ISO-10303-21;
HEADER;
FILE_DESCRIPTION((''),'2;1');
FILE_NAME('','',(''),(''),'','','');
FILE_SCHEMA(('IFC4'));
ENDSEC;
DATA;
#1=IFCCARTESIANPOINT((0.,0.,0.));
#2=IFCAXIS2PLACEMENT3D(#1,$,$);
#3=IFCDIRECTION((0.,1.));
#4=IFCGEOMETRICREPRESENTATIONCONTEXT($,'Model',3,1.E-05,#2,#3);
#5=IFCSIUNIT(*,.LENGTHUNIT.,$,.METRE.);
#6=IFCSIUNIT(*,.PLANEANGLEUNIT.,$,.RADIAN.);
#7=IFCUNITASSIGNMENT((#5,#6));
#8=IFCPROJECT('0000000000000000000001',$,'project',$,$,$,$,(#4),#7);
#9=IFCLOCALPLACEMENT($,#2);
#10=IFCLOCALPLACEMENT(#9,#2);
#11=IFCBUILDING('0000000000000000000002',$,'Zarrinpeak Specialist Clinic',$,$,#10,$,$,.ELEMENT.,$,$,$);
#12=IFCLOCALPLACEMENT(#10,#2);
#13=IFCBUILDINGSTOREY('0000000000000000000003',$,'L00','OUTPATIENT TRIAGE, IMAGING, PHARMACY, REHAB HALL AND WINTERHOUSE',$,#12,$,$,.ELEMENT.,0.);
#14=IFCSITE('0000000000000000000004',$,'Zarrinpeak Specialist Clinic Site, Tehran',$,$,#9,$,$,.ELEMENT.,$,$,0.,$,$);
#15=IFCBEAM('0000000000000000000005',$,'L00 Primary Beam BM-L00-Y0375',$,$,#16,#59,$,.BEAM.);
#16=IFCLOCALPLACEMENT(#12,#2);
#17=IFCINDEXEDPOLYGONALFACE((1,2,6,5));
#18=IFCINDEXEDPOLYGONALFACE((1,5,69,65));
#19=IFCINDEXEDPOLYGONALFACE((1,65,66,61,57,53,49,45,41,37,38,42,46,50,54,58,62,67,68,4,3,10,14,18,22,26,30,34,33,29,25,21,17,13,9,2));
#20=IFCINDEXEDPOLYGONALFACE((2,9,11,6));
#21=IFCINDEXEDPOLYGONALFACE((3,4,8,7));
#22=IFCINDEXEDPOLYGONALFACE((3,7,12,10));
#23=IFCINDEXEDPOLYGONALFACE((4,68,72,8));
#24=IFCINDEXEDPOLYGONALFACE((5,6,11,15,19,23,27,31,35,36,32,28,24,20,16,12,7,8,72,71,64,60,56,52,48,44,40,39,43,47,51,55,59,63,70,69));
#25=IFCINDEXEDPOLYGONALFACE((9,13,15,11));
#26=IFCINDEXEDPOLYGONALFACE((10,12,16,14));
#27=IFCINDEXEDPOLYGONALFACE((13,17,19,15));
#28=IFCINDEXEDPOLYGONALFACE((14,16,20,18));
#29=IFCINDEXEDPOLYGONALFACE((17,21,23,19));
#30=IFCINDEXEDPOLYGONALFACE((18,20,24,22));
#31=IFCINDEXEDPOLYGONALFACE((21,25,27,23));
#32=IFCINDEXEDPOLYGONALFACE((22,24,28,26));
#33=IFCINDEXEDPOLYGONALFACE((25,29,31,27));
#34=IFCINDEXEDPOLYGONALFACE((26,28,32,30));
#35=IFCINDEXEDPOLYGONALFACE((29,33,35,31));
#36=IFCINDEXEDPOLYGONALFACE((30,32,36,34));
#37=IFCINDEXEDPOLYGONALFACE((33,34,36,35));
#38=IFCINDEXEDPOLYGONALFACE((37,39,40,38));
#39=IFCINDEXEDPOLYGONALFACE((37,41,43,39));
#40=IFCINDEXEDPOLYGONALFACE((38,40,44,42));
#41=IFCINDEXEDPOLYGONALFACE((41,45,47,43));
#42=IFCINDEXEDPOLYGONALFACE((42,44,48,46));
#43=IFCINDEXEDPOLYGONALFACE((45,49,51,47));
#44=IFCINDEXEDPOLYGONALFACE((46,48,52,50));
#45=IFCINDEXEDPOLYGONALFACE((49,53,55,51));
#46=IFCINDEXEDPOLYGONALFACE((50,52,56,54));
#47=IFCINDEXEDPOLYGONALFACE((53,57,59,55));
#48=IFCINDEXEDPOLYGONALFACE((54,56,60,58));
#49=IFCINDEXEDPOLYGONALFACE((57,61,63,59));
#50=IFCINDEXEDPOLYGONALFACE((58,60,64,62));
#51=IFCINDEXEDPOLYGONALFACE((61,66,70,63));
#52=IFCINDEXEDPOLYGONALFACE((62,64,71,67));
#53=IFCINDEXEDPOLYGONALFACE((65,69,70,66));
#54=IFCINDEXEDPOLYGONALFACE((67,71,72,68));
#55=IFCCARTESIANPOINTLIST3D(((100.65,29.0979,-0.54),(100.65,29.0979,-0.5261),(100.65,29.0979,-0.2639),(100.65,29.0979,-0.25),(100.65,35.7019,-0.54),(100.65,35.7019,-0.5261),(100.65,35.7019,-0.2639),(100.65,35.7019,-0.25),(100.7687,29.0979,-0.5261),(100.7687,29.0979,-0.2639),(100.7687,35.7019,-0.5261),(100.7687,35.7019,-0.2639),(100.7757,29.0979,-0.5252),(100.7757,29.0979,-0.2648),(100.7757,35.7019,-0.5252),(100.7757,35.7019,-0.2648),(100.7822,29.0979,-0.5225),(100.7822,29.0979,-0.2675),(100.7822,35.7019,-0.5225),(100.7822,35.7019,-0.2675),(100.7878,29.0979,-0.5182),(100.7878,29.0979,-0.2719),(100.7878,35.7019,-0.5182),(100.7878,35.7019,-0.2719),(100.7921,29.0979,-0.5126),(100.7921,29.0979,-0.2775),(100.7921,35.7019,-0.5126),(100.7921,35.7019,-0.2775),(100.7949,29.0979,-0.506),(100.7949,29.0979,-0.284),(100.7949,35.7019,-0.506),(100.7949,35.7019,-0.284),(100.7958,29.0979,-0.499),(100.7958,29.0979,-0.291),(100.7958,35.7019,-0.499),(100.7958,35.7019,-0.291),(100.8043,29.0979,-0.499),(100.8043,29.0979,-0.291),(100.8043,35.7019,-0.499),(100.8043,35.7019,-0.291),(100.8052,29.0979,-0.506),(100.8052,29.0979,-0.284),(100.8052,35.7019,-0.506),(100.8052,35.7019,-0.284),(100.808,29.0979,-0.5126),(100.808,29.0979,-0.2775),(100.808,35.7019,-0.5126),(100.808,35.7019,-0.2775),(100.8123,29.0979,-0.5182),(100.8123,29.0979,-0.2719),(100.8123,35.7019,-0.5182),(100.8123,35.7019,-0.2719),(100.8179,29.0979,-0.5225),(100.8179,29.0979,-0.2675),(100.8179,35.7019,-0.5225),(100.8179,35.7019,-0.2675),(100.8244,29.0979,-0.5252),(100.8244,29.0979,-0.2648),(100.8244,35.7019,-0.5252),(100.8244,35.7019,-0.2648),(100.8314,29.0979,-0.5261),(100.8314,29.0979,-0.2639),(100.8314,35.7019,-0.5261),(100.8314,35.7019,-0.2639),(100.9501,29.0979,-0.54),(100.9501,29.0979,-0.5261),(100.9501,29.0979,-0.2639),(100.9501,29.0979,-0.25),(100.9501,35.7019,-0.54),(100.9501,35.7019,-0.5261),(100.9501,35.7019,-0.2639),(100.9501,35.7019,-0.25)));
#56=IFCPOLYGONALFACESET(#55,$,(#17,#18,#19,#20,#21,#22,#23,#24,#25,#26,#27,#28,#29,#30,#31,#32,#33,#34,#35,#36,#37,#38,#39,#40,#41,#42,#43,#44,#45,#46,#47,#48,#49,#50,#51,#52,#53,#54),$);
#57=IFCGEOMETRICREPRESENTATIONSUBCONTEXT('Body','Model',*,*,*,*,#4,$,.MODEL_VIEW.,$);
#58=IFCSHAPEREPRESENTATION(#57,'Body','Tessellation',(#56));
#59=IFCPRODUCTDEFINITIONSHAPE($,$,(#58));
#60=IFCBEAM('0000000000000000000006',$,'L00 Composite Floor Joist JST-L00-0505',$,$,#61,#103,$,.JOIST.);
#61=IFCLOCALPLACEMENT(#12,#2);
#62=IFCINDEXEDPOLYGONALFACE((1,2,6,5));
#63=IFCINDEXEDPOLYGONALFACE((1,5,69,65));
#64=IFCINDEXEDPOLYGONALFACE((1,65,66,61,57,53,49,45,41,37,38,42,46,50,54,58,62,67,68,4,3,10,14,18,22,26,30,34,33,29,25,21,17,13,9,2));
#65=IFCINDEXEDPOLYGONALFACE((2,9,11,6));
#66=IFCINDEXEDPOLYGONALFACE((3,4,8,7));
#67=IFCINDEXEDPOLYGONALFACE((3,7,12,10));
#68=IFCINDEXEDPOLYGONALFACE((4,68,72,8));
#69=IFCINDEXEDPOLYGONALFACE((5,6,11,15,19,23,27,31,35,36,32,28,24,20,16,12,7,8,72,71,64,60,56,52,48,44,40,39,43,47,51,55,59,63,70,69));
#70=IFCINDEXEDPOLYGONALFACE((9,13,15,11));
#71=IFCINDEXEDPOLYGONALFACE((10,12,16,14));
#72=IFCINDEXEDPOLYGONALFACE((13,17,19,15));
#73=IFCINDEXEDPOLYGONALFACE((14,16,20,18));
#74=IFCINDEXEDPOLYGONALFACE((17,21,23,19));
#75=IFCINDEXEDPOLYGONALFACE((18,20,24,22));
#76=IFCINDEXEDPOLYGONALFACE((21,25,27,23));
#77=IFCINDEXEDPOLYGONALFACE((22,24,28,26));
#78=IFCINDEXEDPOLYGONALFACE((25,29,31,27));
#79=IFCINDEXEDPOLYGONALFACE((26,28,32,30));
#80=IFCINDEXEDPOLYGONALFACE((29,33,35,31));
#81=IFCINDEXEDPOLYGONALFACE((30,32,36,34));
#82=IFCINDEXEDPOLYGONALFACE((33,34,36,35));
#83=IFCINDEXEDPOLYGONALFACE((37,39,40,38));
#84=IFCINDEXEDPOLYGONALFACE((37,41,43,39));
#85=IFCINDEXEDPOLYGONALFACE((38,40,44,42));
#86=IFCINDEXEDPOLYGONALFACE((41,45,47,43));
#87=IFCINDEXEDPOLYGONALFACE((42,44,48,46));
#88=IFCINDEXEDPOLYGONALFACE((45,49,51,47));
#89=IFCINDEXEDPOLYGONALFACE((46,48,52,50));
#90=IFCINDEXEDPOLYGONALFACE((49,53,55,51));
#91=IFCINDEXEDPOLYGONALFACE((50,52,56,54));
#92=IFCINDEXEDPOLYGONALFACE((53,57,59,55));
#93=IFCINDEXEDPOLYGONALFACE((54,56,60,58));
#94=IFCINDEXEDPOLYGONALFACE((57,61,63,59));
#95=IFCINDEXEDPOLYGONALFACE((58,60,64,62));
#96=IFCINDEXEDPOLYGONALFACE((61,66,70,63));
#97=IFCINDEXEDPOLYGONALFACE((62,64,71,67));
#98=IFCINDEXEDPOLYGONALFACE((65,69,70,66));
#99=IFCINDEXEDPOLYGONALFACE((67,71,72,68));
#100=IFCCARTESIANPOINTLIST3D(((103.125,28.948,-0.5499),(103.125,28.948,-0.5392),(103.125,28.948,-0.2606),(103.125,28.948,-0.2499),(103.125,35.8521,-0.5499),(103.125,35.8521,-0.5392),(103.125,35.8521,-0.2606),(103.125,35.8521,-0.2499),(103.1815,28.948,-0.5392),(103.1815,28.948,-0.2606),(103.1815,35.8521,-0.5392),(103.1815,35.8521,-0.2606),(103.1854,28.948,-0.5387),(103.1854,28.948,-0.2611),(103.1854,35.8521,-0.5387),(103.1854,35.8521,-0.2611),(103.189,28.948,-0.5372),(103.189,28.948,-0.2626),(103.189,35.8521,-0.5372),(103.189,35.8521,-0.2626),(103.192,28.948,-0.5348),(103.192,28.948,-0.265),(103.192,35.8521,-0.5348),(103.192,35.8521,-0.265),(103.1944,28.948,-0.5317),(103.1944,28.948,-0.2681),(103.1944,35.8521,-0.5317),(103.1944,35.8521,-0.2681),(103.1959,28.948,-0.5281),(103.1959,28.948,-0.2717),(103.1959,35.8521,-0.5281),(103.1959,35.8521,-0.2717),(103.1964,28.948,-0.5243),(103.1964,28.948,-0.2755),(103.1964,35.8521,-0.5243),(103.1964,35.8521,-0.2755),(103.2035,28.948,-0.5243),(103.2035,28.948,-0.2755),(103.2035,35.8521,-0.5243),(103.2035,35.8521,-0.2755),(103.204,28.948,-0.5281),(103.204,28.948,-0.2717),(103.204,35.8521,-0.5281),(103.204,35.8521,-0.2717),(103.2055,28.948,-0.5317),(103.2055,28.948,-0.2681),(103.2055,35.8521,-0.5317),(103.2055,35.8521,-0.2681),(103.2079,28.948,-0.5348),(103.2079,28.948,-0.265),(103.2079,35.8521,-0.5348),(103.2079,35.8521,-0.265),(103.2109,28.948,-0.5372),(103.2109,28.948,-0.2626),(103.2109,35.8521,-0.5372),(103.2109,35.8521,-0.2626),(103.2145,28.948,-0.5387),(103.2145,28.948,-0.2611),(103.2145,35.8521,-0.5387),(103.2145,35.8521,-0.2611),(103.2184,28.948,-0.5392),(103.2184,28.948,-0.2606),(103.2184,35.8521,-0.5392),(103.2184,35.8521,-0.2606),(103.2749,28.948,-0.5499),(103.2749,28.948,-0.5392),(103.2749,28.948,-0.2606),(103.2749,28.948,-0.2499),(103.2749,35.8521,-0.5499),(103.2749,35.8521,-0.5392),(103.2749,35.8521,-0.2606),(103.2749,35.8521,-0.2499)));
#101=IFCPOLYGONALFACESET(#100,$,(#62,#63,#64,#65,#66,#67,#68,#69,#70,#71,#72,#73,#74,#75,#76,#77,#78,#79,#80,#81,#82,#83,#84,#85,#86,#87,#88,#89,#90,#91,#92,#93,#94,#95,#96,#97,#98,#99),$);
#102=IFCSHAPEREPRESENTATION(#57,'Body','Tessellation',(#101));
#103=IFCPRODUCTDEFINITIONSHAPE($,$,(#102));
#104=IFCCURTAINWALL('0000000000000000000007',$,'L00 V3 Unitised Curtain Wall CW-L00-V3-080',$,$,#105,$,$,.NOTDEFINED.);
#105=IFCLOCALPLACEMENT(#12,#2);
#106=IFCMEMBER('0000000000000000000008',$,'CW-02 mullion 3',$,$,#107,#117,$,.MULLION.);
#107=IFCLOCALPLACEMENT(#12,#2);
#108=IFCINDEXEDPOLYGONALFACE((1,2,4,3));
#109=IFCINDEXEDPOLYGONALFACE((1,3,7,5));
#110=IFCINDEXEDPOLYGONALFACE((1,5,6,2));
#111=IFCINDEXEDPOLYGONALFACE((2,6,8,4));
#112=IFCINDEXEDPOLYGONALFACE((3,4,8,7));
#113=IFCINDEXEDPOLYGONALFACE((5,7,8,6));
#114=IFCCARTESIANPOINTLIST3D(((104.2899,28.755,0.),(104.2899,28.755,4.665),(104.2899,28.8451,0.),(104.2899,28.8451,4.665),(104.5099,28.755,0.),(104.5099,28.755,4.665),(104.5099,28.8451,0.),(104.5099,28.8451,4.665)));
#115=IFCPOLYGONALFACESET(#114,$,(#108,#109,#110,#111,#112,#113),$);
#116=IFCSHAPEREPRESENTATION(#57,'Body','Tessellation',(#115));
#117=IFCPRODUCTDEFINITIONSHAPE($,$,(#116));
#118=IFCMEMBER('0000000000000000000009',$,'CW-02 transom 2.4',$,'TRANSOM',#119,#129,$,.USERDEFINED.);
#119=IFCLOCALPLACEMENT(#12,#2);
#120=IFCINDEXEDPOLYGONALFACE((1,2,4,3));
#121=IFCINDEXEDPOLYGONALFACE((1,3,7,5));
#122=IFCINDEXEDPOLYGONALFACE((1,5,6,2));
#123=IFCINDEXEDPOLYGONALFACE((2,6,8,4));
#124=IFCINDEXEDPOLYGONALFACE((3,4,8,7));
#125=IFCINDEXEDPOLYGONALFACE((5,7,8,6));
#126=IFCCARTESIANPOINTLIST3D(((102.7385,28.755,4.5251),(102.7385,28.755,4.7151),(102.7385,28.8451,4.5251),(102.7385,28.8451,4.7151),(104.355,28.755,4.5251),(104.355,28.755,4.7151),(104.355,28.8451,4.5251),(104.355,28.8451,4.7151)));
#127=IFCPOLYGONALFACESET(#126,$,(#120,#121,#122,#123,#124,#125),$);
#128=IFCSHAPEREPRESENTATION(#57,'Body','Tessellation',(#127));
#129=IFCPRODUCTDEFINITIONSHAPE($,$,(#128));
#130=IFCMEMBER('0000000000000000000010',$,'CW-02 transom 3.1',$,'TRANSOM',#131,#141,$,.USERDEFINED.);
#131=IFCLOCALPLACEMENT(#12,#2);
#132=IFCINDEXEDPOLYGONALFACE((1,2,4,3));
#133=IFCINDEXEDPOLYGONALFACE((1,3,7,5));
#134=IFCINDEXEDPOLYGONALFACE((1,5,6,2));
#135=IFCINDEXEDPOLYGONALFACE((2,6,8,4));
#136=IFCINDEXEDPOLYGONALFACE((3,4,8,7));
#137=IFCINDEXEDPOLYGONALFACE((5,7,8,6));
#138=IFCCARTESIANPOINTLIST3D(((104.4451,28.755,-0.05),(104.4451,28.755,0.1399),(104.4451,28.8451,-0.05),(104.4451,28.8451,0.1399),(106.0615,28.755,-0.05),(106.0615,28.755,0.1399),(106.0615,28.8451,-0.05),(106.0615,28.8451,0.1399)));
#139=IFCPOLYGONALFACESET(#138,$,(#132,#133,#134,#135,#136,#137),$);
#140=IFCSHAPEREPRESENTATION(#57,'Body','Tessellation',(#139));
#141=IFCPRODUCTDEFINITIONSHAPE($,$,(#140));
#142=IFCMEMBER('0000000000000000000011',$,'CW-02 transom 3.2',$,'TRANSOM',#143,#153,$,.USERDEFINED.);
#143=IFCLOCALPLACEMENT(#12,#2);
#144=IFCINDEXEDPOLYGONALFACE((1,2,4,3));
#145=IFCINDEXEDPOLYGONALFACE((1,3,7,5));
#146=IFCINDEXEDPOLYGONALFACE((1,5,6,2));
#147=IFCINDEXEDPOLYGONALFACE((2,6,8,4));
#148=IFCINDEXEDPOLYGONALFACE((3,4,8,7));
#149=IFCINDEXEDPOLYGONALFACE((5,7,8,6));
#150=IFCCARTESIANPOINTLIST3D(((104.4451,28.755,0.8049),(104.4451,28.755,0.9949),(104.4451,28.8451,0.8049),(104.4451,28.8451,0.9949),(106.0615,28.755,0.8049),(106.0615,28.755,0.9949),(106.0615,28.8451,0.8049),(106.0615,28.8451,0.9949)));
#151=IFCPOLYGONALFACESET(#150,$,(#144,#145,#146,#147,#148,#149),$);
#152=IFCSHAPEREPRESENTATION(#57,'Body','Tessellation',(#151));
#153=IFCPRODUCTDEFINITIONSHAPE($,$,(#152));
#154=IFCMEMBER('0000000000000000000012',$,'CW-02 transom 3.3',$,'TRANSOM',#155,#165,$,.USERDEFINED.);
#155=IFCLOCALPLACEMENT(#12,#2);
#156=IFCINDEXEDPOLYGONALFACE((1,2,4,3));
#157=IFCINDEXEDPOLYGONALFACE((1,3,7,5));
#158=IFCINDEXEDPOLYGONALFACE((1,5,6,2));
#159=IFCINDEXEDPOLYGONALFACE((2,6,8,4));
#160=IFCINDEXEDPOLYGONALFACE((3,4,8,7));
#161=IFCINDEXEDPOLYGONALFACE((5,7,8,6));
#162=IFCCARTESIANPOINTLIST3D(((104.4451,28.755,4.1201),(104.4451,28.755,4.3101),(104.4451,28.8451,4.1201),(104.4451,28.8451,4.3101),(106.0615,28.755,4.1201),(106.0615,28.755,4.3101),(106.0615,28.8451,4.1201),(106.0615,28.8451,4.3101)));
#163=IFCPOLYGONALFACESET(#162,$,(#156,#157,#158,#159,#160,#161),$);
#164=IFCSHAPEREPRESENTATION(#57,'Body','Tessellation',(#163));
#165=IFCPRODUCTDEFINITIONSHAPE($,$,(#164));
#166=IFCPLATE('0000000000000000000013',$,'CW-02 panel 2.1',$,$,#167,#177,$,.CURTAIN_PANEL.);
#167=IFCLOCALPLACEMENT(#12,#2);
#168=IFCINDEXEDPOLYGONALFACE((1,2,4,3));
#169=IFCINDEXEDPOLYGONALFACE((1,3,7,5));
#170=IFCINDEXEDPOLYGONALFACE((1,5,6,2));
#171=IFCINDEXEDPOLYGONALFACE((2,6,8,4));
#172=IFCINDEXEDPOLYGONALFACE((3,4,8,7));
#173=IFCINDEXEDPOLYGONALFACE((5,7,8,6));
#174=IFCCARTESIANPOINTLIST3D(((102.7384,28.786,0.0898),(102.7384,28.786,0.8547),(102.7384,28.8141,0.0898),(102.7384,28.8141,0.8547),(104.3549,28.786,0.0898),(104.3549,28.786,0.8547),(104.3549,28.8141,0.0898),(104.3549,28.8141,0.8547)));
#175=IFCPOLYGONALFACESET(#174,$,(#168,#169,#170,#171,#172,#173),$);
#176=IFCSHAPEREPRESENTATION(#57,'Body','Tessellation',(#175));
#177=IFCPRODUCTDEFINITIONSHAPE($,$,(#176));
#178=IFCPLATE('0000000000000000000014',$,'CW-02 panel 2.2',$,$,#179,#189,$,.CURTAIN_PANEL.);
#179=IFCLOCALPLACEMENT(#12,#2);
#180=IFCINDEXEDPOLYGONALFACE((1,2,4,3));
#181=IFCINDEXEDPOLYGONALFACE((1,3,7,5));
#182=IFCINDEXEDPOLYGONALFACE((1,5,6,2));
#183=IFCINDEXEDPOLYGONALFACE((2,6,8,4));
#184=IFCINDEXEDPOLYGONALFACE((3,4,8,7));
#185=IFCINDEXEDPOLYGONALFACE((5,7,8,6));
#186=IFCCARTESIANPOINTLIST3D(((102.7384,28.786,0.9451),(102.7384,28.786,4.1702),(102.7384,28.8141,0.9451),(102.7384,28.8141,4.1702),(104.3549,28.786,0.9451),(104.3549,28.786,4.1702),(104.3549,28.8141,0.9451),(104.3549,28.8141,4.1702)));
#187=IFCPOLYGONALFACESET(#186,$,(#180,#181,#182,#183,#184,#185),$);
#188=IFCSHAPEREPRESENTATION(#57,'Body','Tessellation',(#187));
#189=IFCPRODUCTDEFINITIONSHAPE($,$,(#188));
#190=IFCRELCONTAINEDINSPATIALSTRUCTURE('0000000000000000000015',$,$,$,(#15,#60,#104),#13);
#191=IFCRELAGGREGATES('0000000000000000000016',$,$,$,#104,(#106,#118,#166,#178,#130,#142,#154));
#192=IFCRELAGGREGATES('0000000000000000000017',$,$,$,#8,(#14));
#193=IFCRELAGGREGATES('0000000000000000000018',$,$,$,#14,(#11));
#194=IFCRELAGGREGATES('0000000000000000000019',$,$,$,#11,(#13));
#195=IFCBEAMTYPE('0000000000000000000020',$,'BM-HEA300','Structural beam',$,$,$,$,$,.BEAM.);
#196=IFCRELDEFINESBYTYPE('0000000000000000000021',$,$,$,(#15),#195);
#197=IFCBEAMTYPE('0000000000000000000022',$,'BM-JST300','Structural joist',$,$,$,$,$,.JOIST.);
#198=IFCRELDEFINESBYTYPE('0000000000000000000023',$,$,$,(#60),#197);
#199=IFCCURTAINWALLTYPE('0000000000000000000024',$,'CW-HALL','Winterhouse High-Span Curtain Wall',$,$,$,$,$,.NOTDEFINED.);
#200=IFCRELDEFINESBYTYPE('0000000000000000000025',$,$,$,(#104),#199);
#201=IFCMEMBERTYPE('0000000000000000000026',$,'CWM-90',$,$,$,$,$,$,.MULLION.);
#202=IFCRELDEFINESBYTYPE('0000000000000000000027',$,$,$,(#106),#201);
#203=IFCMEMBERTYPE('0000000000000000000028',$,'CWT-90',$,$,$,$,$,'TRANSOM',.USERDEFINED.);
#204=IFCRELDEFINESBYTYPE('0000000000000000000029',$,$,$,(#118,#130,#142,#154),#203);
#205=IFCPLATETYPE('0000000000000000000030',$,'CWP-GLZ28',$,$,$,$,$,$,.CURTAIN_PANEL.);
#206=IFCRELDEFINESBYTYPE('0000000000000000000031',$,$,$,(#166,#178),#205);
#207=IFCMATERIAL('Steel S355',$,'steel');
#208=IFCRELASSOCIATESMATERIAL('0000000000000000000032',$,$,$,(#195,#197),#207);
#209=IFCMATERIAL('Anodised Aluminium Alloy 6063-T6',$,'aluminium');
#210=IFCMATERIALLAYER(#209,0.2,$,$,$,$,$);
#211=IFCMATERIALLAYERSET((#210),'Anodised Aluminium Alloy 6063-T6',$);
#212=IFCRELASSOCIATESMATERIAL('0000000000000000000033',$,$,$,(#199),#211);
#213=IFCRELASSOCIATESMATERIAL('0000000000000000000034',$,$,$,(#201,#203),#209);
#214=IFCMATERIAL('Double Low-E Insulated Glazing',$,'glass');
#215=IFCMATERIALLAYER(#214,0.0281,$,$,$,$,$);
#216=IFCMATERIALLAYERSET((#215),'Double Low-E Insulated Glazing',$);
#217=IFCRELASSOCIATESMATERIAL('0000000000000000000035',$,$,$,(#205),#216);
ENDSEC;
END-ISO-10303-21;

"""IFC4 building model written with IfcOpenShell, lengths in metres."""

from ifc_helpers import new_model, si_unit, direction, frame, origin, origin_2d, place, context, subcontext, project, spatial, rectangle, i_section, extrude, material, layer, layer_set, material_profile, profile_set, type_object, element, aggregate, save


model = new_model("IFC4")

# Units and contexts
model_context = context("Model", 3, precision=1e-05, world=origin(), true_north=direction((0.0, 1.0)))
body_context = subcontext(model_context, "Body", "Model", "MODEL_VIEW")
ifc_project = project(units=[si_unit("LENGTHUNIT", "METRE"), si_unit("PLANEANGLEUNIT", "RADIAN")], contexts=[model_context])

# Site, building, storey
site_placement = place(None, origin())
site = spatial("IfcSite", under=ifc_project, at=site_placement, Name="Zarrinpeak Specialist Clinic Site, Tehran", CompositionType="ELEMENT", RefElevation=0.0)
building_placement = place(site_placement, origin())
building = spatial("IfcBuilding", under=site, at=building_placement, Name="Zarrinpeak Specialist Clinic", CompositionType="ELEMENT")
storey_placement = place(building_placement, origin())
storey = spatial("IfcBuildingStorey", under=building, at=storey_placement, Name="L00", Description="OUTPATIENT TRIAGE, IMAGING, PHARMACY, REHAB HALL AND WINTERHOUSE", CompositionType="ELEMENT", Elevation=0.0)

# Beams
ifc_material_1 = material(Name="Steel S355", Category="steel")
ifc_material_profile_1 = material_profile(ifc_material_1, i_section(OverallWidth=0.3, OverallDepth=0.29, WebThickness=0.0085, FlangeThickness=0.0139, FilletRadius=0.0271, at=origin_2d()), Name="HEA 300")
ifc_profile_set_1 = profile_set([ifc_material_profile_1], Name="Steel S355")
beam_type_1 = type_object("IfcBeamType", Name="BM-HEA300", Description="Structural beam", PredefinedType="BEAM", material=ifc_profile_set_1)
beam_1_placement = place(storey_placement, frame((100.8, 29.0979, -0.395), z_axis=(0.0, 1.0, 0.0), x_axis=(-1.0, 0.0, 0.0)))
element("IfcBeam", 1, at=beam_1_placement, inside=storey, type_object=beam_type_1, Name="L00 Primary Beam BM-L00-Y0375", PredefinedType="BEAM", context=body_context, shape_type="SweptSolid", body=[
    extrude(i_section(OverallWidth=0.3, OverallDepth=0.29, WebThickness=0.0085, FlangeThickness=0.0139, FilletRadius=0.0271, at=origin_2d()), origin(), (0.0, 0.0, 1.0), 6.604),
])
ifc_material_profile_2 = material_profile(ifc_material_1, i_section(OverallWidth=0.1499, OverallDepth=0.3, WebThickness=0.0071, FlangeThickness=0.0107, FilletRadius=0.0149, at=origin_2d()), Name="IPE 300")
ifc_profile_set_2 = profile_set([ifc_material_profile_2], Name="Steel S355")
beam_type_2 = type_object("IfcBeamType", Name="BM-JST300", Description="Structural joist", PredefinedType="JOIST", material=ifc_profile_set_2)
beam_2_placement = place(storey_placement, frame((103.2, 28.948, -0.3999), z_axis=(0.0, 1.0, 0.0), x_axis=(-1.0, 0.0, 0.0)))
element("IfcBeam", 2, at=beam_2_placement, inside=storey, type_object=beam_type_2, Name="L00 Composite Floor Joist JST-L00-0505", PredefinedType="JOIST", context=body_context, shape_type="SweptSolid", body=[
    extrude(i_section(OverallWidth=0.1499, OverallDepth=0.3, WebThickness=0.0071, FlangeThickness=0.0107, FilletRadius=0.0149, at=origin_2d()), origin(), (0.0, 0.0, 1.0), 6.9041),
])

# Curtain wall, members, plates
ifc_material_2 = material(Name="Anodised Aluminium Alloy 6063-T6", Category="aluminium")
ifc_layer_1 = layer(ifc_material_2, 0.2)
ifc_layer_set_1 = layer_set([ifc_layer_1], Name="Anodised Aluminium Alloy 6063-T6")
curtain_wall_type = type_object("IfcCurtainWallType", Name="CW-HALL", Description="Winterhouse High-Span Curtain Wall", PredefinedType="NOTDEFINED", material=ifc_layer_set_1)
curtain_wall_placement = place(storey_placement, origin())
curtain_wall = element("IfcCurtainWall", 3, at=curtain_wall_placement, inside=storey, type_object=curtain_wall_type, Name="L00 V3 Unitised Curtain Wall CW-L00-V3-080", PredefinedType="NOTDEFINED")
ifc_material_profile_3 = material_profile(ifc_material_2, rectangle(XDim=0.0901, YDim=0.22, at=origin_2d()), Name="ALU 90x220")
ifc_profile_set_3 = profile_set([ifc_material_profile_3], Name="Anodised Aluminium Alloy 6063-T6")
member_type_1 = type_object("IfcMemberType", Name="CWM-90", PredefinedType="MULLION", material=ifc_profile_set_3)
member_1_placement = place(storey_placement, frame((104.3999, 28.8, 0.0), z_axis=(0.0, 0.0, 1.0), x_axis=(0.0, 1.0, 0.0)))
member_1 = element("IfcMember", 4, at=member_1_placement, type_object=member_type_1, Name="CW-02 mullion 3", PredefinedType="MULLION", context=body_context, shape_type="SweptSolid", body=[
    extrude(rectangle(XDim=0.0901, YDim=0.22, at=origin_2d()), origin(), (0.0, 0.0, 1.0), 4.665),
])
ifc_material_profile_4 = material_profile(ifc_material_2, rectangle(XDim=0.0901, YDim=0.1899, at=origin_2d()), Name="ALU 90x190")
ifc_profile_set_4 = profile_set([ifc_material_profile_4], Name="Anodised Aluminium Alloy 6063-T6")
member_type_2 = type_object("IfcMemberType", Name="CWT-90", ElementType="TRANSOM", PredefinedType="USERDEFINED", material=ifc_profile_set_4)
member_2_placement = place(storey_placement, frame((102.7385, 28.8, 4.6201), z_axis=(1.0, 0.0, 0.0), x_axis=(0.0, 1.0, 0.0)))
member_2 = element("IfcMember", 5, at=member_2_placement, type_object=member_type_2, Name="CW-02 transom 2.4", ObjectType="TRANSOM", PredefinedType="USERDEFINED", context=body_context, shape_type="SweptSolid", body=[
    extrude(rectangle(XDim=0.0901, YDim=0.1899, at=origin_2d()), origin(), (0.0, 0.0, 1.0), 1.6165),
])
member_3_placement = place(storey_placement, frame((104.4451, 28.8, 0.0449), z_axis=(1.0, 0.0, 0.0), x_axis=(0.0, 1.0, 0.0)))
member_3 = element("IfcMember", 6, at=member_3_placement, type_object=member_type_2, Name="CW-02 transom 3.1", ObjectType="TRANSOM", PredefinedType="USERDEFINED", context=body_context, shape_type="SweptSolid", body=[
    extrude(rectangle(XDim=0.0901, YDim=0.1899, at=origin_2d()), origin(), (0.0, 0.0, 1.0), 1.6165),
])
member_4_placement = place(storey_placement, frame((104.4451, 28.8, 0.8999), z_axis=(1.0, 0.0, 0.0), x_axis=(0.0, 1.0, 0.0)))
member_4 = element("IfcMember", 7, at=member_4_placement, type_object=member_type_2, Name="CW-02 transom 3.2", ObjectType="TRANSOM", PredefinedType="USERDEFINED", context=body_context, shape_type="SweptSolid", body=[
    extrude(rectangle(XDim=0.0901, YDim=0.1899, at=origin_2d()), origin(), (0.0, 0.0, 1.0), 1.6165),
])
member_5_placement = place(storey_placement, frame((104.4451, 28.8, 4.2151), z_axis=(1.0, 0.0, 0.0), x_axis=(0.0, 1.0, 0.0)))
member_5 = element("IfcMember", 8, at=member_5_placement, type_object=member_type_2, Name="CW-02 transom 3.3", ObjectType="TRANSOM", PredefinedType="USERDEFINED", context=body_context, shape_type="SweptSolid", body=[
    extrude(rectangle(XDim=0.0901, YDim=0.1899, at=origin_2d()), origin(), (0.0, 0.0, 1.0), 1.6165),
])
ifc_material_3 = material(Name="Double Low-E Insulated Glazing", Category="glass")
ifc_layer_2 = layer(ifc_material_3, 0.0281)
ifc_layer_set_2 = layer_set([ifc_layer_2], Name="Double Low-E Insulated Glazing")
plate_type = type_object("IfcPlateType", Name="CWP-GLZ28", PredefinedType="CURTAIN_PANEL", material=ifc_layer_set_2)
plate_1_placement = place(storey_placement, frame((103.5466, 28.8, 0.0898), z_axis=(0.0, 0.0, 1.0), x_axis=(1.0, 0.0, 0.0)))
plate_1 = element("IfcPlate", 9, at=plate_1_placement, type_object=plate_type, Name="CW-02 panel 2.1", PredefinedType="CURTAIN_PANEL", context=body_context, shape_type="SweptSolid", body=[
    extrude(rectangle(XDim=1.6165, YDim=0.0281, at=origin_2d()), origin(), (0.0, 0.0, 1.0), 0.7649),
])
plate_2_placement = place(storey_placement, frame((103.5466, 28.8, 0.9451), z_axis=(0.0, 0.0, 1.0), x_axis=(1.0, 0.0, 0.0)))
plate_2 = element("IfcPlate", 10, at=plate_2_placement, type_object=plate_type, Name="CW-02 panel 2.2", PredefinedType="CURTAIN_PANEL", context=body_context, shape_type="SweptSolid", body=[
    extrude(rectangle(XDim=1.6165, YDim=0.0281, at=origin_2d()), origin(), (0.0, 0.0, 1.0), 3.2251),
])
aggregate(curtain_wall, [member_1, member_2, plate_1, plate_2, member_3, member_4, member_5])

save(model, "model.ifc")
